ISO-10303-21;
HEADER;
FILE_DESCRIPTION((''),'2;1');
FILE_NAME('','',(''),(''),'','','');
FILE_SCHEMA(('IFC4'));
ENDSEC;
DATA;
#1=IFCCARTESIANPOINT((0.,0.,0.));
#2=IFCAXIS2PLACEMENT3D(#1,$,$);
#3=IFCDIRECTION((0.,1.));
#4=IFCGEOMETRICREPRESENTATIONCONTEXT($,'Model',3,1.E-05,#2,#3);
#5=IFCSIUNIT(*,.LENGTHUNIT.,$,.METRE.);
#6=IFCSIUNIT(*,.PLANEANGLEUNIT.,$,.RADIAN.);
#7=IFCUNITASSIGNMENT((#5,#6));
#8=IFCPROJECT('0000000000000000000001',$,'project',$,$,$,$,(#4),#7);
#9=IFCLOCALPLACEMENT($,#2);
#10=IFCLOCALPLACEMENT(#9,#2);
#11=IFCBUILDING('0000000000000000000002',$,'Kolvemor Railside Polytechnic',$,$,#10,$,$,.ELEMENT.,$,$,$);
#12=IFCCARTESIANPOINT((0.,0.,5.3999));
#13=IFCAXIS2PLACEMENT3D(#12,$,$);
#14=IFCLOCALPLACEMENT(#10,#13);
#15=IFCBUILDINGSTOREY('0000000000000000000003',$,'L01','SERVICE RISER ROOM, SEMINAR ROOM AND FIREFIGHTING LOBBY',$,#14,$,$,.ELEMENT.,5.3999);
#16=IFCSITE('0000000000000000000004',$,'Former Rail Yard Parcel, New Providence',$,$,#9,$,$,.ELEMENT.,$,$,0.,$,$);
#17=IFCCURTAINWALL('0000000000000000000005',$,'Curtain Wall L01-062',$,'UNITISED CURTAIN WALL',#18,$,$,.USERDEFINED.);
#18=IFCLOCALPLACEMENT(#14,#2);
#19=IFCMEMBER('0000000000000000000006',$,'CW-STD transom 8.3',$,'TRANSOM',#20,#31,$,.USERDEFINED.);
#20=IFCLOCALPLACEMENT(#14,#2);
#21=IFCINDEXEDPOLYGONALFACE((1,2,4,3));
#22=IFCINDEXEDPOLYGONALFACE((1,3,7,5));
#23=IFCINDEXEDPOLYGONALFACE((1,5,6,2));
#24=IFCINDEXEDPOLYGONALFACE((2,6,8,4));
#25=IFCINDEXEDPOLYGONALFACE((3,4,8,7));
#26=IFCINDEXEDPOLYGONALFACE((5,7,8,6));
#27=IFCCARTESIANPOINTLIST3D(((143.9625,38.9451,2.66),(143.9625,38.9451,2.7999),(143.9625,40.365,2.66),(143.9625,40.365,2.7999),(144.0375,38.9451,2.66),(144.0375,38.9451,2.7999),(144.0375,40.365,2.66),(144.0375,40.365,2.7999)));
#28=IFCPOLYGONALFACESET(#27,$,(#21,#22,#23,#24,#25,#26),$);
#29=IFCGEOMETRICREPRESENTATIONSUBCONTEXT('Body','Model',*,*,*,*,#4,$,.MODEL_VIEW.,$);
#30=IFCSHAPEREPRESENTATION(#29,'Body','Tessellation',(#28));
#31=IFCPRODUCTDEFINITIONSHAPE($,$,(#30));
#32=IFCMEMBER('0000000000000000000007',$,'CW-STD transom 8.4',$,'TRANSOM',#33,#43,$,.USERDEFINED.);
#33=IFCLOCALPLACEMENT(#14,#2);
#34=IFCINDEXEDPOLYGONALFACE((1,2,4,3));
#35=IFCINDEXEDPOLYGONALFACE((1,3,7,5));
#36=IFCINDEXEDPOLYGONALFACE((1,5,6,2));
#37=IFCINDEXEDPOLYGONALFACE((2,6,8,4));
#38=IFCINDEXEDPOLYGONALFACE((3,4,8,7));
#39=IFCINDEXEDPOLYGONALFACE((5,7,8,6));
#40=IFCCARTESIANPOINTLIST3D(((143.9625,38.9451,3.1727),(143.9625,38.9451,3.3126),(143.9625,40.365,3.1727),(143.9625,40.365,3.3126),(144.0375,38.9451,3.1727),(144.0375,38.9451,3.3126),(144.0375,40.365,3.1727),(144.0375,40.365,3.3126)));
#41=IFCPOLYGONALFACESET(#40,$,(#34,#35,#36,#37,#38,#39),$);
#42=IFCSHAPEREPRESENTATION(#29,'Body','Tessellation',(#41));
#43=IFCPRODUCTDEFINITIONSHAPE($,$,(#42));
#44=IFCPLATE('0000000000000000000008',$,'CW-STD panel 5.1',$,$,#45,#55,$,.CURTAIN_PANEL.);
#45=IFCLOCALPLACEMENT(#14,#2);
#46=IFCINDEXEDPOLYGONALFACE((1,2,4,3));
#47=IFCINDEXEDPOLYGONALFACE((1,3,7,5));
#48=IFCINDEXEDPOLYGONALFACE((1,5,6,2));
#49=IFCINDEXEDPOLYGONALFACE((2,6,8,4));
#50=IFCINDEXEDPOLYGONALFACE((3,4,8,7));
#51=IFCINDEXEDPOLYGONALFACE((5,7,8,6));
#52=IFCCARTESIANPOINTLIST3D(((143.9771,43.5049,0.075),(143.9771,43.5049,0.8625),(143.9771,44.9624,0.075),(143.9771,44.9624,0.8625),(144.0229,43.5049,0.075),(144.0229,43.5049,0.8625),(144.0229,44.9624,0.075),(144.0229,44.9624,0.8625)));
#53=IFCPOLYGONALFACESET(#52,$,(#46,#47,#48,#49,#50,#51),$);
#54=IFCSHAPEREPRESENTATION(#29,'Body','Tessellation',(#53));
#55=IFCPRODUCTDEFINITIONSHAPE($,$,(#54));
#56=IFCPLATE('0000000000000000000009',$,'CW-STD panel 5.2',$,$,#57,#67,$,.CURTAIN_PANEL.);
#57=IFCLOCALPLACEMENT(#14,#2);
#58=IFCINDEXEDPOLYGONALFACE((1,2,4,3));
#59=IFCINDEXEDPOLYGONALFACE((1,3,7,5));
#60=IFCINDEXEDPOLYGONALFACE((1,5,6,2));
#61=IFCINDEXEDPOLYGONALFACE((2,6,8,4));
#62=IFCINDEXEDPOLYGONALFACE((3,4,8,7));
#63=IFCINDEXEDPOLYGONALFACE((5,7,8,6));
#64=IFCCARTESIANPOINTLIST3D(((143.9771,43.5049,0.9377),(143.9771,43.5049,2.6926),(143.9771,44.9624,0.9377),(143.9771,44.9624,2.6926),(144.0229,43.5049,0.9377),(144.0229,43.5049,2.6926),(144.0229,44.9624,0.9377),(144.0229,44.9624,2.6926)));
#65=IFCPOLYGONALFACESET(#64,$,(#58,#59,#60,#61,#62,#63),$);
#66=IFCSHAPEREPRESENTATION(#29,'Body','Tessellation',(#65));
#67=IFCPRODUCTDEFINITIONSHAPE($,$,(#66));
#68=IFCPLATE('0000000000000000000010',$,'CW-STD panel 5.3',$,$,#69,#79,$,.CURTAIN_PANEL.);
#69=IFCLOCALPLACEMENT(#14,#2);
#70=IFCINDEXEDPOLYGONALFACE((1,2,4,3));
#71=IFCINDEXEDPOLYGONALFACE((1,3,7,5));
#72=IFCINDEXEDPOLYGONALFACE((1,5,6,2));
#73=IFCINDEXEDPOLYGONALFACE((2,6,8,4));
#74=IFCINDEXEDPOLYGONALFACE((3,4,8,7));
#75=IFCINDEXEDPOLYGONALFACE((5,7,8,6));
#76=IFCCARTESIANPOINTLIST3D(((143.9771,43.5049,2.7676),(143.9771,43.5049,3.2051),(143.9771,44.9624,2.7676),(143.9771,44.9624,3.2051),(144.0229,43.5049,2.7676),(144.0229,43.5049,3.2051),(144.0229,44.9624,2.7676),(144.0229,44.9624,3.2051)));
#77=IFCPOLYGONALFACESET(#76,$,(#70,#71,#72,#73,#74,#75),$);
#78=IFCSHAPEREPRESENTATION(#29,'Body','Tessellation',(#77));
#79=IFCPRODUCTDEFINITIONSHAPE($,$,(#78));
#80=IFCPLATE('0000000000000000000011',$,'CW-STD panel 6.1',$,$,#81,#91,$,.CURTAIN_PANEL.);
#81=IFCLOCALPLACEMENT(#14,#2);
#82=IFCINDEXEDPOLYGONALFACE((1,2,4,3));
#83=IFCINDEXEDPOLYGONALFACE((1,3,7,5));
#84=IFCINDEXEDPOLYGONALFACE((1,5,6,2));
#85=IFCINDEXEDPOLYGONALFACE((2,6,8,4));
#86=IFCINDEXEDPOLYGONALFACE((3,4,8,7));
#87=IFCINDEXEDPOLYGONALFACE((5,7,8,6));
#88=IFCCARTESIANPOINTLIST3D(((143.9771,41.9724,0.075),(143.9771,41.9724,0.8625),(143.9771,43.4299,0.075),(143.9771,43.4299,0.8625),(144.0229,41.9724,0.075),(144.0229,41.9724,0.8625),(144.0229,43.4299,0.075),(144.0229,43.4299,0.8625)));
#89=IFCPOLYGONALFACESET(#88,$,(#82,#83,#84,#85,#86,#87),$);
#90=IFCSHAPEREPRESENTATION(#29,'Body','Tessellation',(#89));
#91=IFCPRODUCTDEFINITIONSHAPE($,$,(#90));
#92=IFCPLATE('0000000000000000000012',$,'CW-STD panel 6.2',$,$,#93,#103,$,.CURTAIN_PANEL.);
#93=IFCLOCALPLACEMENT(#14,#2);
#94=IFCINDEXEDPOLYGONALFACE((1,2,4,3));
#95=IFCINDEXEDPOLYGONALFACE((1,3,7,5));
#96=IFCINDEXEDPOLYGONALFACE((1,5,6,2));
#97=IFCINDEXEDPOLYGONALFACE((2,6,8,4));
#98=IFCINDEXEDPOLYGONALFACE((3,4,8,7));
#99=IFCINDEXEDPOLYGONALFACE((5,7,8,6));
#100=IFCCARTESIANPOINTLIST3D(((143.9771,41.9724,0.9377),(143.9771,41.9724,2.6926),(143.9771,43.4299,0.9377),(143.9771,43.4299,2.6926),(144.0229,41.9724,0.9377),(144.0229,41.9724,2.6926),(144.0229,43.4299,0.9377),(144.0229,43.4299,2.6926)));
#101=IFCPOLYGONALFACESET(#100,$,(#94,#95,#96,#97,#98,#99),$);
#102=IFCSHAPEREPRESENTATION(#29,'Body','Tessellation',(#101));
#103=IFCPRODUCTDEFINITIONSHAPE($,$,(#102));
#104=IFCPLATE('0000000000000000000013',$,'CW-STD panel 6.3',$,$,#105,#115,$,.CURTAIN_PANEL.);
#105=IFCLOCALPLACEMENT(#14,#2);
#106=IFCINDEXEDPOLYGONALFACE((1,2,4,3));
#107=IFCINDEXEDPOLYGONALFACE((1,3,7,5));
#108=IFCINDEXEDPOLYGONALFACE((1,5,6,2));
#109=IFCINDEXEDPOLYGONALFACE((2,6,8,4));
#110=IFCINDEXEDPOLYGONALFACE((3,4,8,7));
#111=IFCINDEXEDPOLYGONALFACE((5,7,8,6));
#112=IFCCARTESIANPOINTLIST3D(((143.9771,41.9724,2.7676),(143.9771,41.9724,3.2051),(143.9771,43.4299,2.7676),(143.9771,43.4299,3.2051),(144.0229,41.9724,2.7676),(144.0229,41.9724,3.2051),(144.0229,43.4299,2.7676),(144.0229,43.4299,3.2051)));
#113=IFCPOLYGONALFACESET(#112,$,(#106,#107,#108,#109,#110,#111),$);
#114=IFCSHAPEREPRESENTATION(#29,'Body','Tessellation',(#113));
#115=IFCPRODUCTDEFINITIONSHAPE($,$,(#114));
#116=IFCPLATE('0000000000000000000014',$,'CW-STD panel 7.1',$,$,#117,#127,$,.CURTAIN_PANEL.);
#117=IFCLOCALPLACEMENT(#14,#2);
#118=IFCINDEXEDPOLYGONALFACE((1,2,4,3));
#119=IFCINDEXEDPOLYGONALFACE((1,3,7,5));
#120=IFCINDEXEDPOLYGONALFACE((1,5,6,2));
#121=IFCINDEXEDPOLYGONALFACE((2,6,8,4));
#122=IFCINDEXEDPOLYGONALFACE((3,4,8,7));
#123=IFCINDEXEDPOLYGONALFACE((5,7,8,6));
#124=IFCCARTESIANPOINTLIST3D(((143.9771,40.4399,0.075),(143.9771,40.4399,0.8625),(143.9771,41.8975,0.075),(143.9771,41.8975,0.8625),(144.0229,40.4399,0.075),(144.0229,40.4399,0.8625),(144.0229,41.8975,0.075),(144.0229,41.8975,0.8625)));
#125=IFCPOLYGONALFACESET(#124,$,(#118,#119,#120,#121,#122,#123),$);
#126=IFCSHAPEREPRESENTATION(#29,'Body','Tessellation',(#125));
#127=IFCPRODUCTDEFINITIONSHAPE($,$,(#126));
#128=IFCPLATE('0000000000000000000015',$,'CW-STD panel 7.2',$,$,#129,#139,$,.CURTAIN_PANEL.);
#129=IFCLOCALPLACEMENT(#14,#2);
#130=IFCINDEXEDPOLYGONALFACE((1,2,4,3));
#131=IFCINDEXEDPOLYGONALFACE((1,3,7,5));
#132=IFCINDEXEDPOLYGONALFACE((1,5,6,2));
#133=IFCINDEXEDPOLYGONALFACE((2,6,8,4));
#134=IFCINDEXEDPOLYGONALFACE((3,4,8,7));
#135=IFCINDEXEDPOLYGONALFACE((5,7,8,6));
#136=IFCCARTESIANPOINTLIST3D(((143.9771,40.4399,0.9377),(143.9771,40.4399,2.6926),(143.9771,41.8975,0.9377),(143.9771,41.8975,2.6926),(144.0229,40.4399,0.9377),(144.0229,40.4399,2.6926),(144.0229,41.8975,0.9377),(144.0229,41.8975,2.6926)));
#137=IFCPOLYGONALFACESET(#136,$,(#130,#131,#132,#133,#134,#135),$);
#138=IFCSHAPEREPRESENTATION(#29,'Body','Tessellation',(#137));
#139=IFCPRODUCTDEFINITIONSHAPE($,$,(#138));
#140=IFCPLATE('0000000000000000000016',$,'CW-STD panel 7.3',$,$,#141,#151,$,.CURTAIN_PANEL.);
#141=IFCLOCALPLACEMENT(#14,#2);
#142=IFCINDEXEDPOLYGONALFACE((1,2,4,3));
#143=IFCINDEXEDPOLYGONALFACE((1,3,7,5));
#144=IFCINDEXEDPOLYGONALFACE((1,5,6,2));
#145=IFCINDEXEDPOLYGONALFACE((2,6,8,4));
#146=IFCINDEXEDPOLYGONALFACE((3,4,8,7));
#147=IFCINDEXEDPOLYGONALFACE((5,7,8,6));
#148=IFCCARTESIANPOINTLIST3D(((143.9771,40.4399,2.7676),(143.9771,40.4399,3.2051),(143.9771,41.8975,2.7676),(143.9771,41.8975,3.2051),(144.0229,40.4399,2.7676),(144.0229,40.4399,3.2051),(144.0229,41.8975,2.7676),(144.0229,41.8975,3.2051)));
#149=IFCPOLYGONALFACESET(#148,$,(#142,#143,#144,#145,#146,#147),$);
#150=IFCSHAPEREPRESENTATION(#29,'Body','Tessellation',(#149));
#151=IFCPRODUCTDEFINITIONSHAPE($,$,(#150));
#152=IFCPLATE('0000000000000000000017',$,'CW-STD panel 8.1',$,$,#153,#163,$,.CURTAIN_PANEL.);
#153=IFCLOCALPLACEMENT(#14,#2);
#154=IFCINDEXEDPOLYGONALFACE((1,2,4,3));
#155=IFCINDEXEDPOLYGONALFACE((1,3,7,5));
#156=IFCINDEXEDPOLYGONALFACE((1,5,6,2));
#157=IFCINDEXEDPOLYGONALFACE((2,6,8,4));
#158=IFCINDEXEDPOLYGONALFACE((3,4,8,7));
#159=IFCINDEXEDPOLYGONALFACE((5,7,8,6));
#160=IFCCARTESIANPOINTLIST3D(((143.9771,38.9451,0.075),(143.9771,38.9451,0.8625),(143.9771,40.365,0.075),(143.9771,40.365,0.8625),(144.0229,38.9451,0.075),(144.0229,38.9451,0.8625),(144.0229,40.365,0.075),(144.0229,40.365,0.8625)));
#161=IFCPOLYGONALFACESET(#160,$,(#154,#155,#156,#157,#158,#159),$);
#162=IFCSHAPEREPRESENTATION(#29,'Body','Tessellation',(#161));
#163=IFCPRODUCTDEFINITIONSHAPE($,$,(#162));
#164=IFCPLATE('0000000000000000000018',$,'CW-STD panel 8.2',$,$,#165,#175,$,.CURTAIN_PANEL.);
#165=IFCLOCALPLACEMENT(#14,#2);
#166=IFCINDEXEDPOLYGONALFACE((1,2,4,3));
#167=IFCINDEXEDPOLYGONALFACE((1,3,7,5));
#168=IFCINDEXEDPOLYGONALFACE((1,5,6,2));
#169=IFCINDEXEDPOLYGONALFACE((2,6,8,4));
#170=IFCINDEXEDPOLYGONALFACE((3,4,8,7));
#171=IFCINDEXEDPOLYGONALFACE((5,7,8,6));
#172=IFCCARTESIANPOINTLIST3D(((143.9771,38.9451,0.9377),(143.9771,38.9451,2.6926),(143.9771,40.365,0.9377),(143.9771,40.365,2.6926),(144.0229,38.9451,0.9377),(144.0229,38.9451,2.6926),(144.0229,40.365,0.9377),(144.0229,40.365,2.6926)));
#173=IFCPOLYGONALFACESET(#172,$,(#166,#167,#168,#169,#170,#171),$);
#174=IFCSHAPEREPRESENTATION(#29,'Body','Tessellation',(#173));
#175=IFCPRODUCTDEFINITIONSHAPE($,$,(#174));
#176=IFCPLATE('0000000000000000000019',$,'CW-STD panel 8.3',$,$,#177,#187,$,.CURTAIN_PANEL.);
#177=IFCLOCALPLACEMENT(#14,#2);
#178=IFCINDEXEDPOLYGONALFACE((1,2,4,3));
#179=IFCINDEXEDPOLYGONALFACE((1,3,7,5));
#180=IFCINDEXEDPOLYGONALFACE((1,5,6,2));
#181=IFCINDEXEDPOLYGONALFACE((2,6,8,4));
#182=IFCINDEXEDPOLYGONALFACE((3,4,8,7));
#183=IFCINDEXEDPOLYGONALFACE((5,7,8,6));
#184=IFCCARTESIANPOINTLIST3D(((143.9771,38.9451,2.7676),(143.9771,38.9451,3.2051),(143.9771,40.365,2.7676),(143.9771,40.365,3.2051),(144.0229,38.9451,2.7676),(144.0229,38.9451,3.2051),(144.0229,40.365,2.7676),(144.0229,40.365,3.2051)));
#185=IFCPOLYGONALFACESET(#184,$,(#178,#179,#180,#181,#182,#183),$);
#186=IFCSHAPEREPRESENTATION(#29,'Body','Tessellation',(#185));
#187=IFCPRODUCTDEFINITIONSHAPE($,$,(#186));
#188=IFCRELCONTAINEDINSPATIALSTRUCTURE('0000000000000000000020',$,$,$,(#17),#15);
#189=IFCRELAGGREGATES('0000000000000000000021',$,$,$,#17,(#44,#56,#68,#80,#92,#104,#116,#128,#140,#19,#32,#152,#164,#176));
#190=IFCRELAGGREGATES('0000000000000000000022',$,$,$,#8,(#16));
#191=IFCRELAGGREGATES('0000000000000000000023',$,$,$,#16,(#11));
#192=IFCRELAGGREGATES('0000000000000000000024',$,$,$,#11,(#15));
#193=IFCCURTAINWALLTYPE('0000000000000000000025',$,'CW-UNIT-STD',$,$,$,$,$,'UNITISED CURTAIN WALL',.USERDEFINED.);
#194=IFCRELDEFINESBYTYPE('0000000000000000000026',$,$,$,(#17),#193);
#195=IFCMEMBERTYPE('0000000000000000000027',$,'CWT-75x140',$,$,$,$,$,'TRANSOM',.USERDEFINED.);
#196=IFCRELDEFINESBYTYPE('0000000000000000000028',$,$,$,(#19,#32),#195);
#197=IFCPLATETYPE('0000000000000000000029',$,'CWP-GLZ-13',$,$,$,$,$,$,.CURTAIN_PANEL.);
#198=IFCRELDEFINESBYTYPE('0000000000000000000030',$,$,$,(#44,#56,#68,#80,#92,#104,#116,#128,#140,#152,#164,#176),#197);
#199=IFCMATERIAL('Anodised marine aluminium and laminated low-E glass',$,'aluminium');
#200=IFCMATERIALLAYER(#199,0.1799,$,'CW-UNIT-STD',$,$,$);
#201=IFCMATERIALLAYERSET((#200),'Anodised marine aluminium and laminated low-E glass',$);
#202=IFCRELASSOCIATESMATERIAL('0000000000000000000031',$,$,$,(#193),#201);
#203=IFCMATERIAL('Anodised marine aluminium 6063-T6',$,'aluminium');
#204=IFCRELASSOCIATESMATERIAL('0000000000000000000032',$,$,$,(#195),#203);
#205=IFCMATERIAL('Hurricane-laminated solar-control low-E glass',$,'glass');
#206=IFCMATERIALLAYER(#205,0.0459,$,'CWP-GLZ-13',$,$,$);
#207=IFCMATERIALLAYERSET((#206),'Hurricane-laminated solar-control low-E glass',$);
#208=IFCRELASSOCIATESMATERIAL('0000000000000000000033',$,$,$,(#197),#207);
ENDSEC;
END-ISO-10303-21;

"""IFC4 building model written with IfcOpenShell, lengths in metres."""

from ifc_helpers import new_model, si_unit, direction, frame, origin, origin_2d, place, context, subcontext, project, spatial, rectangle, extrude, material, layer, layer_set, material_profile, profile_set, type_object, element, aggregate, save


model = new_model("IFC4")

# Units and contexts
model_context = context("Model", 3, precision=1e-05, world=origin(), true_north=direction((0.0, 1.0)))
body_context = subcontext(model_context, "Body", "Model", "MODEL_VIEW")
ifc_project = project(units=[si_unit("LENGTHUNIT", "METRE"), si_unit("PLANEANGLEUNIT", "RADIAN")], contexts=[model_context])

# Site, building, storey
site_placement = place(None, origin())
site = spatial("IfcSite", under=ifc_project, at=site_placement, Name="Former Rail Yard Parcel, New Providence", CompositionType="ELEMENT", RefElevation=0.0)
building_placement = place(site_placement, origin())
building = spatial("IfcBuilding", under=site, at=building_placement, Name="Kolvemor Railside Polytechnic", CompositionType="ELEMENT")
storey_placement = place(building_placement, frame((0.0, 0.0, 5.3999)))
storey = spatial("IfcBuildingStorey", under=building, at=storey_placement, Name="L01", Description="SERVICE RISER ROOM, SEMINAR ROOM AND FIREFIGHTING LOBBY", CompositionType="ELEMENT", Elevation=5.3999)

# Curtain wall, members, plates
ifc_material_1 = material(Name="Anodised marine aluminium and laminated low-E glass", Category="aluminium")
ifc_layer_1 = layer(ifc_material_1, 0.1799, Name="CW-UNIT-STD")
ifc_layer_set_1 = layer_set([ifc_layer_1], Name="Anodised marine aluminium and laminated low-E glass")
curtain_wall_type = type_object("IfcCurtainWallType", Name="CW-UNIT-STD", ElementType="UNITISED CURTAIN WALL", PredefinedType="USERDEFINED", material=ifc_layer_set_1)
curtain_wall_placement = place(storey_placement, origin())
curtain_wall = element("IfcCurtainWall", 1, at=curtain_wall_placement, inside=storey, type_object=curtain_wall_type, Name="Curtain Wall L01-062", ObjectType="UNITISED CURTAIN WALL", PredefinedType="USERDEFINED")
ifc_material_2 = material(Name="Anodised marine aluminium 6063-T6", Category="aluminium")
ifc_material_profile_1 = material_profile(ifc_material_2, rectangle(XDim=0.075, YDim=0.1399, at=origin_2d()), Name="CW-TRN-75x140")
ifc_profile_set_1 = profile_set([ifc_material_profile_1], Name="Anodised marine aluminium 6063-T6")
member_type_1 = type_object("IfcMemberType", Name="CWT-75x140", ElementType="TRANSOM", PredefinedType="USERDEFINED", material=ifc_profile_set_1)
member_1_placement = place(storey_placement, frame((144.0, 40.365, 2.73), z_axis=(0.0, -1.0, 0.0), x_axis=(1.0, 0.0, 0.0)))
member_1 = element("IfcMember", 2, at=member_1_placement, type_object=member_type_1, Name="CW-STD transom 8.3", ObjectType="TRANSOM", PredefinedType="USERDEFINED", context=body_context, shape_type="SweptSolid", body=[
    extrude(rectangle(XDim=0.075, YDim=0.1399, at=origin_2d()), origin(), (0.0, 0.0, 1.0), 1.4199),
])
member_2_placement = place(storey_placement, frame((144.0, 40.365, 3.2427), z_axis=(0.0, -1.0, 0.0), x_axis=(1.0, 0.0, 0.0)))
member_2 = element("IfcMember", 3, at=member_2_placement, type_object=member_type_1, Name="CW-STD transom 8.4", ObjectType="TRANSOM", PredefinedType="USERDEFINED", context=body_context, shape_type="SweptSolid", body=[
    extrude(rectangle(XDim=0.075, YDim=0.1399, at=origin_2d()), origin(), (0.0, 0.0, 1.0), 1.4199),
])
ifc_material_3 = material(Name="Hurricane-laminated solar-control low-E glass", Category="glass")
ifc_layer_2 = layer(ifc_material_3, 0.0459, Name="CWP-GLZ-13")
ifc_layer_set_2 = layer_set([ifc_layer_2], Name="Hurricane-laminated solar-control low-E glass")
plate_type = type_object("IfcPlateType", Name="CWP-GLZ-13", PredefinedType="CURTAIN_PANEL", material=ifc_layer_set_2)
plate_1_placement = place(storey_placement, frame((144.0, 44.2336, 0.075), z_axis=(0.0, 0.0, 1.0), x_axis=(0.0, -1.0, 0.0)))
plate_1 = element("IfcPlate", 4, at=plate_1_placement, type_object=plate_type, Name="CW-STD panel 5.1", PredefinedType="CURTAIN_PANEL", context=body_context, shape_type="SweptSolid", body=[
    extrude(rectangle(XDim=1.4575, YDim=0.0459, at=origin_2d()), origin(), (0.0, 0.0, 1.0), 0.7876),
])
plate_2_placement = place(storey_placement, frame((144.0, 44.2336, 0.9377), z_axis=(0.0, 0.0, 1.0), x_axis=(0.0, -1.0, 0.0)))
plate_2 = element("IfcPlate", 5, at=plate_2_placement, type_object=plate_type, Name="CW-STD panel 5.2", PredefinedType="CURTAIN_PANEL", context=body_context, shape_type="SweptSolid", body=[
    extrude(rectangle(XDim=1.4575, YDim=0.0459, at=origin_2d()), origin(), (0.0, 0.0, 1.0), 1.7549),
])
plate_3_placement = place(storey_placement, frame((144.0, 44.2336, 2.7676), z_axis=(0.0, 0.0, 1.0), x_axis=(0.0, -1.0, 0.0)))
plate_3 = element("IfcPlate", 6, at=plate_3_placement, type_object=plate_type, Name="CW-STD panel 5.3", PredefinedType="CURTAIN_PANEL", context=body_context, shape_type="SweptSolid", body=[
    extrude(rectangle(XDim=1.4575, YDim=0.0459, at=origin_2d()), origin(), (0.0, 0.0, 1.0), 0.4375),
])
plate_4_placement = place(storey_placement, frame((144.0, 42.7012, 0.075), z_axis=(0.0, 0.0, 1.0), x_axis=(0.0, -1.0, 0.0)))
plate_4 = element("IfcPlate", 7, at=plate_4_placement, type_object=plate_type, Name="CW-STD panel 6.1", PredefinedType="CURTAIN_PANEL", context=body_context, shape_type="SweptSolid", body=[
    extrude(rectangle(XDim=1.4575, YDim=0.0459, at=origin_2d()), origin(), (0.0, 0.0, 1.0), 0.7876),
])
plate_5_placement = place(storey_placement, frame((144.0, 42.7012, 0.9377), z_axis=(0.0, 0.0, 1.0), x_axis=(0.0, -1.0, 0.0)))
plate_5 = element("IfcPlate", 8, at=plate_5_placement, type_object=plate_type, Name="CW-STD panel 6.2", PredefinedType="CURTAIN_PANEL", context=body_context, shape_type="SweptSolid", body=[
    extrude(rectangle(XDim=1.4575, YDim=0.0459, at=origin_2d()), origin(), (0.0, 0.0, 1.0), 1.7549),
])
plate_6_placement = place(storey_placement, frame((144.0, 42.7012, 2.7676), z_axis=(0.0, 0.0, 1.0), x_axis=(0.0, -1.0, 0.0)))
plate_6 = element("IfcPlate", 9, at=plate_6_placement, type_object=plate_type, Name="CW-STD panel 6.3", PredefinedType="CURTAIN_PANEL", context=body_context, shape_type="SweptSolid", body=[
    extrude(rectangle(XDim=1.4575, YDim=0.0459, at=origin_2d()), origin(), (0.0, 0.0, 1.0), 0.4375),
])
plate_7_placement = place(storey_placement, frame((144.0, 41.1687, 0.075), z_axis=(0.0, 0.0, 1.0), x_axis=(0.0, -1.0, 0.0)))
plate_7 = element("IfcPlate", 10, at=plate_7_placement, type_object=plate_type, Name="CW-STD panel 7.1", PredefinedType="CURTAIN_PANEL", context=body_context, shape_type="SweptSolid", body=[
    extrude(rectangle(XDim=1.4575, YDim=0.0459, at=origin_2d()), origin(), (0.0, 0.0, 1.0), 0.7876),
])
plate_8_placement = place(storey_placement, frame((144.0, 41.1687, 0.9377), z_axis=(0.0, 0.0, 1.0), x_axis=(0.0, -1.0, 0.0)))
plate_8 = element("IfcPlate", 11, at=plate_8_placement, type_object=plate_type, Name="CW-STD panel 7.2", PredefinedType="CURTAIN_PANEL", context=body_context, shape_type="SweptSolid", body=[
    extrude(rectangle(XDim=1.4575, YDim=0.0459, at=origin_2d()), origin(), (0.0, 0.0, 1.0), 1.7549),
])
plate_9_placement = place(storey_placement, frame((144.0, 41.1687, 2.7676), z_axis=(0.0, 0.0, 1.0), x_axis=(0.0, -1.0, 0.0)))
plate_9 = element("IfcPlate", 12, at=plate_9_placement, type_object=plate_type, Name="CW-STD panel 7.3", PredefinedType="CURTAIN_PANEL", context=body_context, shape_type="SweptSolid", body=[
    extrude(rectangle(XDim=1.4575, YDim=0.0459, at=origin_2d()), origin(), (0.0, 0.0, 1.0), 0.4375),
])
plate_10_placement = place(storey_placement, frame((144.0, 39.655, 0.075), z_axis=(0.0, 0.0, 1.0), x_axis=(0.0, -1.0, 0.0)))
plate_10 = element("IfcPlate", 13, at=plate_10_placement, type_object=plate_type, Name="CW-STD panel 8.1", PredefinedType="CURTAIN_PANEL", context=body_context, shape_type="SweptSolid", body=[
    extrude(rectangle(XDim=1.4199, YDim=0.0459, at=origin_2d()), origin(), (0.0, 0.0, 1.0), 0.7876),
])
plate_11_placement = place(storey_placement, frame((144.0, 39.655, 0.9377), z_axis=(0.0, 0.0, 1.0), x_axis=(0.0, -1.0, 0.0)))
plate_11 = element("IfcPlate", 14, at=plate_11_placement, type_object=plate_type, Name="CW-STD panel 8.2", PredefinedType="CURTAIN_PANEL", context=body_context, shape_type="SweptSolid", body=[
    extrude(rectangle(XDim=1.4199, YDim=0.0459, at=origin_2d()), origin(), (0.0, 0.0, 1.0), 1.7549),
])
plate_12_placement = place(storey_placement, frame((144.0, 39.655, 2.7676), z_axis=(0.0, 0.0, 1.0), x_axis=(0.0, -1.0, 0.0)))
plate_12 = element("IfcPlate", 15, at=plate_12_placement, type_object=plate_type, Name="CW-STD panel 8.3", PredefinedType="CURTAIN_PANEL", context=body_context, shape_type="SweptSolid", body=[
    extrude(rectangle(XDim=1.4199, YDim=0.0459, at=origin_2d()), origin(), (0.0, 0.0, 1.0), 0.4375),
])
aggregate(curtain_wall, [plate_1, plate_2, plate_3, plate_4, plate_5, plate_6, plate_7, plate_8, plate_9, member_1, member_2, plate_10, plate_11, plate_12])

save(model, "model.ifc")
